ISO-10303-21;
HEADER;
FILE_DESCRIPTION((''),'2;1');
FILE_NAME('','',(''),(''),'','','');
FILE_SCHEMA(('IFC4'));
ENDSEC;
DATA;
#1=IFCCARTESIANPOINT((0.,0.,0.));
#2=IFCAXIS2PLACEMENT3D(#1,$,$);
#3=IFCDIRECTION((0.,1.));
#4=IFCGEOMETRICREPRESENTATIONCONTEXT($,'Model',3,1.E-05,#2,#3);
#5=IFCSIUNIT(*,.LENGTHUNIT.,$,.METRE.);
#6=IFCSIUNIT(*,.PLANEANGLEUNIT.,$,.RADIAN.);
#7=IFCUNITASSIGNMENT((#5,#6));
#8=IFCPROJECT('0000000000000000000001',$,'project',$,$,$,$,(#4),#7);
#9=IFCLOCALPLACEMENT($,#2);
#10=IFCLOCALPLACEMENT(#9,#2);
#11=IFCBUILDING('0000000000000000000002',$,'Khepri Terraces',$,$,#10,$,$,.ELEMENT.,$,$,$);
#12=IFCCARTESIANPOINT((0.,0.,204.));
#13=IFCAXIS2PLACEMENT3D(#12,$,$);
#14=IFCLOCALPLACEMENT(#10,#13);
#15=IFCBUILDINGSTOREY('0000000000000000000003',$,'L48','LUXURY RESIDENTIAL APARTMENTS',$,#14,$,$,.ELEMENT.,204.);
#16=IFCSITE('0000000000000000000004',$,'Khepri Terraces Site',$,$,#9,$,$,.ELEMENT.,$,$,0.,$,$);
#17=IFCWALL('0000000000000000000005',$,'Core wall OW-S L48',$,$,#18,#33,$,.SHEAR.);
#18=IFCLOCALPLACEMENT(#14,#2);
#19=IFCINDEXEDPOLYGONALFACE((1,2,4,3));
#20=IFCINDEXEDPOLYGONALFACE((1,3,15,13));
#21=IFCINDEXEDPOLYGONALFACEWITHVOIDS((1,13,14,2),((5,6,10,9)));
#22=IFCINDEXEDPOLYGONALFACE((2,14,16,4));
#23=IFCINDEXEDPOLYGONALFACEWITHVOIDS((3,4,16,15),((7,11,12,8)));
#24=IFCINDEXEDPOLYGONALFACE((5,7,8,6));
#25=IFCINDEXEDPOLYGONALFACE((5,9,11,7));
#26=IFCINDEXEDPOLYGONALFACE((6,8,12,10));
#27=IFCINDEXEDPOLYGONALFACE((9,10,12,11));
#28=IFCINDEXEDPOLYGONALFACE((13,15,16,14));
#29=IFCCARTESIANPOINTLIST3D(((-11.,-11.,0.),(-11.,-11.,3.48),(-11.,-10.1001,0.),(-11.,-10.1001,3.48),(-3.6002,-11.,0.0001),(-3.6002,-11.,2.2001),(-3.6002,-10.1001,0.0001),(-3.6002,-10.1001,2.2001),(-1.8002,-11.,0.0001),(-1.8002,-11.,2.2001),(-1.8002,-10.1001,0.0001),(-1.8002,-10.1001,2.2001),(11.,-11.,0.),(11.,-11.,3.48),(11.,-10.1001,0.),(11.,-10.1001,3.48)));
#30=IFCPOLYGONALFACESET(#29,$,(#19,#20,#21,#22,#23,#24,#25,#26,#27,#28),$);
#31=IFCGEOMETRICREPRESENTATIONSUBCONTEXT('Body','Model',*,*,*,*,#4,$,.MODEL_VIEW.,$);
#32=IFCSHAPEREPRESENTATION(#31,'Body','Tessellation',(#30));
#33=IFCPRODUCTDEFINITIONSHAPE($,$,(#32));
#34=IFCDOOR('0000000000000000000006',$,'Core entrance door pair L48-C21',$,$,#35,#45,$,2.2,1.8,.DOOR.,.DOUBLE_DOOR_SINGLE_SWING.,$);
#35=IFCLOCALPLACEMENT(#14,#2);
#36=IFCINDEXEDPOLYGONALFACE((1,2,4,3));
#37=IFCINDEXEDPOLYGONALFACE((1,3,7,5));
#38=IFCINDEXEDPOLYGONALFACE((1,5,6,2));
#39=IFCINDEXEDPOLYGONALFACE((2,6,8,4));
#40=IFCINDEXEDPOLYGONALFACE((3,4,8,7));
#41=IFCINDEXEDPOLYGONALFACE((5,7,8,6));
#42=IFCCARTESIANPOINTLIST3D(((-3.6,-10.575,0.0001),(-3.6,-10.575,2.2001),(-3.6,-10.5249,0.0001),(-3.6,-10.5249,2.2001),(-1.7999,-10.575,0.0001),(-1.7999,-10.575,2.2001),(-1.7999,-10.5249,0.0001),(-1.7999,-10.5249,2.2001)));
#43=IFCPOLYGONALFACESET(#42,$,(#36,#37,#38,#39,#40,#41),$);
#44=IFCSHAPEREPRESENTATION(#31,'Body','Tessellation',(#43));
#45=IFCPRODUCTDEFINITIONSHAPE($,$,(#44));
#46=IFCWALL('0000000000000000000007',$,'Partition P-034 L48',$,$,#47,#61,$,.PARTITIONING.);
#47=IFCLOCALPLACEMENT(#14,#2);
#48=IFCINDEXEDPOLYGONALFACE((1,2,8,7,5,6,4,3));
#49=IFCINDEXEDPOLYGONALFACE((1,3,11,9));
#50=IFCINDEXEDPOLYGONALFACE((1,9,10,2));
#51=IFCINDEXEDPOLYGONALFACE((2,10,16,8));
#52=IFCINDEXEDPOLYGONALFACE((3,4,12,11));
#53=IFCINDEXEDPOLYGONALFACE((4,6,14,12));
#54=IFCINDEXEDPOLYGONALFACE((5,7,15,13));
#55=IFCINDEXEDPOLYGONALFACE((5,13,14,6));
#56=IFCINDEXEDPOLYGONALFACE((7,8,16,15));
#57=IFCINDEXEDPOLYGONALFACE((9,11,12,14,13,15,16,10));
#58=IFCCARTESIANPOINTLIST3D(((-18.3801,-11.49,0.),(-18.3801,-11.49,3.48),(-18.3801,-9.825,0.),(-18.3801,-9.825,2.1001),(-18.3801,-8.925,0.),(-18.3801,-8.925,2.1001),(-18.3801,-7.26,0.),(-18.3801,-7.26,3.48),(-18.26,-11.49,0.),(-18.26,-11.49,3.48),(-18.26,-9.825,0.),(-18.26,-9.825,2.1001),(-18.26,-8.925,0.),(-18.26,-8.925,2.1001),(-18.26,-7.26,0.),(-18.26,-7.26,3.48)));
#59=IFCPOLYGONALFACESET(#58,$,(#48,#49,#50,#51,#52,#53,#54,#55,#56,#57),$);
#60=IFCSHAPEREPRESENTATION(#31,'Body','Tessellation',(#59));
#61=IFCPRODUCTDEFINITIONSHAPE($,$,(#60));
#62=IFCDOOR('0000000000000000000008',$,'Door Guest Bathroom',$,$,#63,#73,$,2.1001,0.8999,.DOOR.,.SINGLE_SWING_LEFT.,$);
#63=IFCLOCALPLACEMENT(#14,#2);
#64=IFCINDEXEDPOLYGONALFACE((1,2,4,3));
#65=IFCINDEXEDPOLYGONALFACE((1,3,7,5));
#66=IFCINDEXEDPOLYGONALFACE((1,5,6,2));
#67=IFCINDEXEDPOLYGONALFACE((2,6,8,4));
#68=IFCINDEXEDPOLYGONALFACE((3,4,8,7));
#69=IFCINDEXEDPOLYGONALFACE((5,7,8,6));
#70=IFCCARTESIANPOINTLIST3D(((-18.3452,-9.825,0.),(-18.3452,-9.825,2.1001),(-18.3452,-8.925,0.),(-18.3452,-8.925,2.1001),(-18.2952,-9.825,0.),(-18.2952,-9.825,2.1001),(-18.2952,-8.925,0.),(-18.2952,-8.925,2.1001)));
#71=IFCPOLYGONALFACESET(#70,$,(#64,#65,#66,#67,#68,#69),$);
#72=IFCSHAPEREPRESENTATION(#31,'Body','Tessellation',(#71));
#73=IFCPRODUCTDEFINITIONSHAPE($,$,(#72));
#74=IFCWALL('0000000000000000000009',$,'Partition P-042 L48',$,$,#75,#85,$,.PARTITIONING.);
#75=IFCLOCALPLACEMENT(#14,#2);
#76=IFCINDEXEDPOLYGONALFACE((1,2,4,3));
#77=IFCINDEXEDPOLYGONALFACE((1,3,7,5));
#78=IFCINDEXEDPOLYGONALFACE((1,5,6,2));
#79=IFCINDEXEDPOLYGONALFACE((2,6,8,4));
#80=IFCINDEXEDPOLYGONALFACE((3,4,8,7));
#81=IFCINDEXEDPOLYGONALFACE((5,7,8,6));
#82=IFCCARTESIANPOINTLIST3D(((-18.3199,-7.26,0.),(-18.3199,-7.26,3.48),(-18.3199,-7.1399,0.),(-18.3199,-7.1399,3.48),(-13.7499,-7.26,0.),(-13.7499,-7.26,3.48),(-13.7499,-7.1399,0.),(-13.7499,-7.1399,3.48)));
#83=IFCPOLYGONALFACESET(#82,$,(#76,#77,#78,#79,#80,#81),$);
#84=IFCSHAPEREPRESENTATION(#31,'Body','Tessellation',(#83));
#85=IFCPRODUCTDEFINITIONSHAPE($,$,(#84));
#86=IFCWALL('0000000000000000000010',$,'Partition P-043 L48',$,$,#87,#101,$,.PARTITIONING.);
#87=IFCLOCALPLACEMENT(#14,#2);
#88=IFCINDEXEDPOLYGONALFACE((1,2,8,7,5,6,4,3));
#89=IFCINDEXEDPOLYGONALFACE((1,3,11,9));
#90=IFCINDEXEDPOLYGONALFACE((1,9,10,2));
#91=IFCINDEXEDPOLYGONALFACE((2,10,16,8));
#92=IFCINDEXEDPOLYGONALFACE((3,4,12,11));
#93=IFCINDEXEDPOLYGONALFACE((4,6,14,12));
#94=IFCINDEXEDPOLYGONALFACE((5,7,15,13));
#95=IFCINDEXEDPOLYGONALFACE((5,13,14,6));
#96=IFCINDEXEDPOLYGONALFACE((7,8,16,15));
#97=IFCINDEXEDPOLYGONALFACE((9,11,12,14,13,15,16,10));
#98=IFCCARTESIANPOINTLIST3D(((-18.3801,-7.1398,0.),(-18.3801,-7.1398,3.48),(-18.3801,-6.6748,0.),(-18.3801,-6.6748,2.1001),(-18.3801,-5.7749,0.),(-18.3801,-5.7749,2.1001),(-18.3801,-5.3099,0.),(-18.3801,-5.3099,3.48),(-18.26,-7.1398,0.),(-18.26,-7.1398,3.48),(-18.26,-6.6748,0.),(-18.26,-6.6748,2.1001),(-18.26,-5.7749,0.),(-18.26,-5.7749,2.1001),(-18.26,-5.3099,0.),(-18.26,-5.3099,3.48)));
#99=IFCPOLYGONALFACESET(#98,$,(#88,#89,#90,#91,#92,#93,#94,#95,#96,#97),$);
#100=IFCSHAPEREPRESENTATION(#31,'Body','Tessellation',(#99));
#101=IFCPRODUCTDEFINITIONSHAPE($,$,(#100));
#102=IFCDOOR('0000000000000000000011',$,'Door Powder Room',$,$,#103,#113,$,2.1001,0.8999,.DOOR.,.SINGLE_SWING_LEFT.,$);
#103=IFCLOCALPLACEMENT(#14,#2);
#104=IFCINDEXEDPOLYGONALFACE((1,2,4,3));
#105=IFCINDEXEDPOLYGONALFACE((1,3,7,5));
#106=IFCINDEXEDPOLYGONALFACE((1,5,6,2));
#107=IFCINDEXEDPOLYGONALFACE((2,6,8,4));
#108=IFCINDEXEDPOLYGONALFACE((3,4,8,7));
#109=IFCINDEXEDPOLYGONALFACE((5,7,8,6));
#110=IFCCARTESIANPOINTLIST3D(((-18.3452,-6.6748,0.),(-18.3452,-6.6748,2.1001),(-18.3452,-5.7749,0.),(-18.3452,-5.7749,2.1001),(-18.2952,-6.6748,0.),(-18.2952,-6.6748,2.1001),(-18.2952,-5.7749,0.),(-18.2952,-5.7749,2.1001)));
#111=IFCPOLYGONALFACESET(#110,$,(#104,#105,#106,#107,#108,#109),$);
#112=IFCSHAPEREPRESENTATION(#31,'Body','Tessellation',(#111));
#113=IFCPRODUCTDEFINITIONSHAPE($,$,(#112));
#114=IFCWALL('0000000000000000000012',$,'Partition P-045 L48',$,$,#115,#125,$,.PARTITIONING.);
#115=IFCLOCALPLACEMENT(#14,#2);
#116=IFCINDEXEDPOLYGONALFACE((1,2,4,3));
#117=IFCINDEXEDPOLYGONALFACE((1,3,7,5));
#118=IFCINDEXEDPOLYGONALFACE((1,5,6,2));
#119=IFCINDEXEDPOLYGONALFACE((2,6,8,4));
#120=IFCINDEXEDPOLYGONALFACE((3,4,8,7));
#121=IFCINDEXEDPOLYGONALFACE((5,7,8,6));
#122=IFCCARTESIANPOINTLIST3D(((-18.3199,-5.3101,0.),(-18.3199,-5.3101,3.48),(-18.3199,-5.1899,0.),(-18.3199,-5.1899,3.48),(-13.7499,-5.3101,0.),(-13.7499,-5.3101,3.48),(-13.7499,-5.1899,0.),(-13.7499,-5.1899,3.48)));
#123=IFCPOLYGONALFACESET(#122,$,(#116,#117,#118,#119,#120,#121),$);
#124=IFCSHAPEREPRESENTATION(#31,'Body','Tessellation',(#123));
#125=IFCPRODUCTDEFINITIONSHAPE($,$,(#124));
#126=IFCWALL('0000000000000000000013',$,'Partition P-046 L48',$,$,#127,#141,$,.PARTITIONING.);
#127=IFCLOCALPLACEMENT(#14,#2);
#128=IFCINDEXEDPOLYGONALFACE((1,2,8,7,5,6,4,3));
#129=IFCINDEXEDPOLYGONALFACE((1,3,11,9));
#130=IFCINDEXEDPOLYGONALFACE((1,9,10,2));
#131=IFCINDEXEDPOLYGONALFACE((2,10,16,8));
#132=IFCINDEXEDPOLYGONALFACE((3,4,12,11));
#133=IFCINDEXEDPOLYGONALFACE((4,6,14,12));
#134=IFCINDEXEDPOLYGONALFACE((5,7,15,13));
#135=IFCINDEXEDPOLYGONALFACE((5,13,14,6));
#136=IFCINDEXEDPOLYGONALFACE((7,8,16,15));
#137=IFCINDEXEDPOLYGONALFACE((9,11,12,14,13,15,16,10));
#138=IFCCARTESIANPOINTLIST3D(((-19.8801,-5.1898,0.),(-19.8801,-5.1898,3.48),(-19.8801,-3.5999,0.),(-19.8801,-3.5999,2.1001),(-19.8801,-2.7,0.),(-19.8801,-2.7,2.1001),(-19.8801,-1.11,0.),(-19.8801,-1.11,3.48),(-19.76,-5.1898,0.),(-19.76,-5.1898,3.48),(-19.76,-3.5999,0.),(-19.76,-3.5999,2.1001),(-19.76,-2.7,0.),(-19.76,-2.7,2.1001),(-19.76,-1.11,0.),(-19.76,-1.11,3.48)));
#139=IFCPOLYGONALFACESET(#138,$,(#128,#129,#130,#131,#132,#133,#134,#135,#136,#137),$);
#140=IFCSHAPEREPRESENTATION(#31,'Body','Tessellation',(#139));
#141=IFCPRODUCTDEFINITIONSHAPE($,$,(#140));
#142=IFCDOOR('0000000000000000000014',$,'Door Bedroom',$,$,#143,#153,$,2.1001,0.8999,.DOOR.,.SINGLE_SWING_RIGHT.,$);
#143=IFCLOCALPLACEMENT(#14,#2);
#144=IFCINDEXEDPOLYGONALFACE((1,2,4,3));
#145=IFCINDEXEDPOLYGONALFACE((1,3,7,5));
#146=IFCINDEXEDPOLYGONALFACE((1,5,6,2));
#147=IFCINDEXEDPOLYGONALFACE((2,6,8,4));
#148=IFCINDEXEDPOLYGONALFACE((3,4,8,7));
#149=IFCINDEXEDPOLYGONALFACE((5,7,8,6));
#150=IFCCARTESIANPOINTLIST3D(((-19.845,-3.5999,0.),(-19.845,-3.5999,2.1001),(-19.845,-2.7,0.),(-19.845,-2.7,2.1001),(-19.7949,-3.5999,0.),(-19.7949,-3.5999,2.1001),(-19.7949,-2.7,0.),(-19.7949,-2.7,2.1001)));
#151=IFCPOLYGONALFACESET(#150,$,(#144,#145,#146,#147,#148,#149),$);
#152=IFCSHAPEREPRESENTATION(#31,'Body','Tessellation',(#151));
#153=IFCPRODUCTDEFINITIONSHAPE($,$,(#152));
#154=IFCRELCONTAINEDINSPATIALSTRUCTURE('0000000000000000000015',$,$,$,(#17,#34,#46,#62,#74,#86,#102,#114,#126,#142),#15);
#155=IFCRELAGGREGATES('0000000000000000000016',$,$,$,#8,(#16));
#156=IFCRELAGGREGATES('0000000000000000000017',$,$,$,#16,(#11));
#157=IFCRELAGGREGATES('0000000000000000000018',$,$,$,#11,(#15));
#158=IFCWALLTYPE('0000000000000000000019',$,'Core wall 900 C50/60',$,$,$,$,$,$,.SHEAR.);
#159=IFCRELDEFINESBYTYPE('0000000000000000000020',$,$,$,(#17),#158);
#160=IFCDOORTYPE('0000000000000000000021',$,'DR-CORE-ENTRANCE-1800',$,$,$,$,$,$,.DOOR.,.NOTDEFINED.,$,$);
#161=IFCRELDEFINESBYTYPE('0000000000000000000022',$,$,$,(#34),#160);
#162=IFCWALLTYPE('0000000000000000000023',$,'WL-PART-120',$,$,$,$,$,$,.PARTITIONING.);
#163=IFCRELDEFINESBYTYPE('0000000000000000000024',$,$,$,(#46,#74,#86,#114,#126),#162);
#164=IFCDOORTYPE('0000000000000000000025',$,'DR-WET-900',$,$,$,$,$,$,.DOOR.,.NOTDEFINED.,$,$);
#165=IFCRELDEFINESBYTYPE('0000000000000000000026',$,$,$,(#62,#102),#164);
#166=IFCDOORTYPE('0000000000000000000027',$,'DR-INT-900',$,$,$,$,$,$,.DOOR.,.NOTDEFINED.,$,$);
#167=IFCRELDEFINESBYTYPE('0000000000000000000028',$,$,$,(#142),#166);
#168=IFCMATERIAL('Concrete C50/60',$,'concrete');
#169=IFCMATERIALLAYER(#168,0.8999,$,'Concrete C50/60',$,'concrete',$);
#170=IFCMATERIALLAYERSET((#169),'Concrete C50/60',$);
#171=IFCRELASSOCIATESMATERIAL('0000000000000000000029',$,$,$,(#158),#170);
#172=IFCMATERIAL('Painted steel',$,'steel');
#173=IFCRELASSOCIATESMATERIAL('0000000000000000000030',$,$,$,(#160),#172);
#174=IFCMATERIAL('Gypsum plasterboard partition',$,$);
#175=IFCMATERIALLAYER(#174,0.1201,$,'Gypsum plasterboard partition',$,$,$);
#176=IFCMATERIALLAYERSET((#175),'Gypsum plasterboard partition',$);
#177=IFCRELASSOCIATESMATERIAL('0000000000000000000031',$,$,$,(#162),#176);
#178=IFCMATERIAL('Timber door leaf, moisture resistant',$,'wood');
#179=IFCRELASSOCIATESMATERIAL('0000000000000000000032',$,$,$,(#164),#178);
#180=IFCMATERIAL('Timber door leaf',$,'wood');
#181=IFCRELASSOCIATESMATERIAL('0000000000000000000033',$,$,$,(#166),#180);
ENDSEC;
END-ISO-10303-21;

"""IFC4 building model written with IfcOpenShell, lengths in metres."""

from ifc_helpers import new_model, si_unit, direction, frame, frame_2d, origin, place, context, subcontext, project, spatial, rectangle, extrude, material, layer, layer_set, type_object, element, fill, save


model = new_model("IFC4")

# Units and contexts
model_context = context("Model", 3, precision=1e-05, world=origin(), true_north=direction((0.0, 1.0)))
body_context = subcontext(model_context, "Body", "Model", "MODEL_VIEW")
ifc_project = project(units=[si_unit("LENGTHUNIT", "METRE"), si_unit("PLANEANGLEUNIT", "RADIAN")], contexts=[model_context])

# Site, building, storey
site_placement = place(None, origin())
site = spatial("IfcSite", under=ifc_project, at=site_placement, Name="Khepri Terraces Site", CompositionType="ELEMENT", RefElevation=0.0)
building_placement = place(site_placement, origin())
building = spatial("IfcBuilding", under=site, at=building_placement, Name="Khepri Terraces", CompositionType="ELEMENT")
storey_placement = place(building_placement, frame((0.0, 0.0, 204.0)))
storey = spatial("IfcBuildingStorey", under=building, at=storey_placement, Name="L48", Description="LUXURY RESIDENTIAL APARTMENTS", CompositionType="ELEMENT", Elevation=204.0)

# Walls, openings, doors
ifc_material_1 = material(Name="Concrete C50/60", Category="concrete")
ifc_layer_1 = layer(ifc_material_1, 0.8999, Name="Concrete C50/60", Category="concrete")
ifc_layer_set_1 = layer_set([ifc_layer_1], Name="Concrete C50/60")
wall_type_1 = type_object("IfcWallType", Name="Core wall 900 C50/60", PredefinedType="SHEAR", material=ifc_layer_set_1)
wall_1_placement = place(storey_placement, frame((-11.0, -10.55, 0.0), z_axis=(0.0, 0.0, 1.0), x_axis=(1.0, 0.0, 0.0)))
wall_1 = element("IfcWall", 1, at=wall_1_placement, inside=storey, type_object=wall_type_1, Name="Core wall OW-S L48", PredefinedType="SHEAR", context=body_context, shape_type="SweptSolid", body=[
    extrude(rectangle(XDim=22.0, YDim=0.8999, at=frame_2d((11.0, 0.0))), origin(), (0.0, 0.0, 1.0), 3.48),
])
opening_1_placement = place(wall_1_placement, frame((7.3999, 0.0, 0.0)))
opening_1 = element("IfcOpeningElement", 2, at=opening_1_placement, cuts=wall_1, PredefinedType="OPENING", context=body_context, shape_type="SweptSolid", body=[
    extrude(rectangle(XDim=1.8, YDim=2.2, at=frame_2d((0.8999, 1.1001))), frame((0.0, 0.46, 0.0), z_axis=(0.0, -1.0, 0.0), x_axis=(1.0, 0.0, 0.0)), (0.0, 0.0, 1.0), 0.9199),
])
ifc_material_2 = material(Name="Painted steel", Category="steel")
door_type_1 = type_object("IfcDoorType", Name="DR-CORE-ENTRANCE-1800", OperationType="NOTDEFINED", PredefinedType="DOOR", material=ifc_material_2)
door_1_placement = place(opening_1_placement, frame((1.8, 0.0, 0.0), z_axis=(0.0, 0.0, 1.0), x_axis=(-1.0, 0.0, 0.0)))
door_1 = element("IfcDoor", 3, at=door_1_placement, inside=storey, type_object=door_type_1, Name="Core entrance door pair L48-C21", OperationType="DOUBLE_DOOR_SINGLE_SWING", OverallHeight=2.2, OverallWidth=1.8, PredefinedType="DOOR", context=body_context, shape_type="SweptSolid", body=[
    extrude(rectangle(XDim=1.8, YDim=2.2, at=frame_2d((0.8999, 1.1001))), frame((0.0, 0.0249, 0.0), z_axis=(0.0, -1.0, 0.0), x_axis=(1.0, 0.0, 0.0)), (0.0, 0.0, 1.0), 0.05),
])
fill(opening_1, door_1)
ifc_material_3 = material(Name="Gypsum plasterboard partition")
ifc_layer_2 = layer(ifc_material_3, 0.1201, Name="Gypsum plasterboard partition")
ifc_layer_set_2 = layer_set([ifc_layer_2], Name="Gypsum plasterboard partition")
wall_type_2 = type_object("IfcWallType", Name="WL-PART-120", PredefinedType="PARTITIONING", material=ifc_layer_set_2)
wall_2_placement = place(storey_placement, frame((-18.3201, -11.49, 0.0), z_axis=(0.0, 0.0, 1.0), x_axis=(0.0, 1.0, 0.0)))
wall_2 = element("IfcWall", 4, at=wall_2_placement, inside=storey, type_object=wall_type_2, Name="Partition P-034 L48", PredefinedType="PARTITIONING", context=body_context, shape_type="SweptSolid", body=[
    extrude(rectangle(XDim=4.23, YDim=0.1201, at=frame_2d((2.115, 0.0))), origin(), (0.0, 0.0, 1.0), 3.48),
])
opening_2_placement = place(wall_2_placement, frame((1.665, 0.0, 0.0)))
opening_2 = element("IfcOpeningElement", 5, at=opening_2_placement, cuts=wall_2, PredefinedType="OPENING", context=body_context, shape_type="SweptSolid", body=[
    extrude(rectangle(XDim=0.8999, YDim=2.1001, at=frame_2d((0.45, 1.05))), frame((0.0, 0.0701, 0.0), z_axis=(0.0, -1.0, 0.0), x_axis=(1.0, 0.0, 0.0)), (0.0, 0.0, 1.0), 0.1401),
])
ifc_material_4 = material(Name="Timber door leaf, moisture resistant", Category="wood")
door_type_2 = type_object("IfcDoorType", Name="DR-WET-900", OperationType="NOTDEFINED", PredefinedType="DOOR", material=ifc_material_4)
door_2_placement = place(opening_2_placement, frame((0.8999, 0.0, 0.0), z_axis=(0.0, 0.0, 1.0), x_axis=(-1.0, 0.0, 0.0)))
door_2 = element("IfcDoor", 6, at=door_2_placement, inside=storey, type_object=door_type_2, Name="Door Guest Bathroom", OperationType="SINGLE_SWING_LEFT", OverallHeight=2.1001, OverallWidth=0.8999, PredefinedType="DOOR", context=body_context, shape_type="SweptSolid", body=[
    extrude(rectangle(XDim=0.8999, YDim=2.1001, at=frame_2d((0.45, 1.05))), frame((0.0, 0.0249, 0.0), z_axis=(0.0, -1.0, 0.0), x_axis=(1.0, 0.0, 0.0)), (0.0, 0.0, 1.0), 0.05),
])
fill(opening_2, door_2)

# Wall
wall_3_placement = place(storey_placement, frame((-18.3201, -7.2, 0.0), z_axis=(0.0, 0.0, 1.0), x_axis=(1.0, 0.0, 0.0)))
element("IfcWall", 7, at=wall_3_placement, inside=storey, type_object=wall_type_2, Name="Partition P-042 L48", PredefinedType="PARTITIONING", context=body_context, shape_type="SweptSolid", body=[
    extrude(rectangle(XDim=4.5701, YDim=0.1201, at=frame_2d((2.2852, 0.0))), origin(), (0.0, 0.0, 1.0), 3.48),
])

# Wall, opening, door
wall_4_placement = place(storey_placement, frame((-18.3201, -7.1399, 0.0), z_axis=(0.0, 0.0, 1.0), x_axis=(0.0, 1.0, 0.0)))
wall_4 = element("IfcWall", 8, at=wall_4_placement, inside=storey, type_object=wall_type_2, Name="Partition P-043 L48", PredefinedType="PARTITIONING", context=body_context, shape_type="SweptSolid", body=[
    extrude(rectangle(XDim=1.8298, YDim=0.1201, at=frame_2d((0.915, 0.0))), origin(), (0.0, 0.0, 1.0), 3.48),
])
opening_3_placement = place(wall_4_placement, frame((0.4651, 0.0, 0.0)))
opening_3 = element("IfcOpeningElement", 9, at=opening_3_placement, cuts=wall_4, PredefinedType="OPENING", context=body_context, shape_type="SweptSolid", body=[
    extrude(rectangle(XDim=0.8999, YDim=2.1001, at=frame_2d((0.45, 1.05))), frame((0.0, 0.0701, 0.0), z_axis=(0.0, -1.0, 0.0), x_axis=(1.0, 0.0, 0.0)), (0.0, 0.0, 1.0), 0.1401),
])
door_3_placement = place(opening_3_placement, frame((0.8999, 0.0, 0.0), z_axis=(0.0, 0.0, 1.0), x_axis=(-1.0, 0.0, 0.0)))
door_3 = element("IfcDoor", 10, at=door_3_placement, inside=storey, type_object=door_type_2, Name="Door Powder Room", OperationType="SINGLE_SWING_LEFT", OverallHeight=2.1001, OverallWidth=0.8999, PredefinedType="DOOR", context=body_context, shape_type="SweptSolid", body=[
    extrude(rectangle(XDim=0.8999, YDim=2.1001, at=frame_2d((0.45, 1.05))), frame((0.0, 0.0249, 0.0), z_axis=(0.0, -1.0, 0.0), x_axis=(1.0, 0.0, 0.0)), (0.0, 0.0, 1.0), 0.05),
])
fill(opening_3, door_3)

# Wall
wall_5_placement = place(storey_placement, frame((-18.3201, -5.25, 0.0), z_axis=(0.0, 0.0, 1.0), x_axis=(1.0, 0.0, 0.0)))
element("IfcWall", 11, at=wall_5_placement, inside=storey, type_object=wall_type_2, Name="Partition P-045 L48", PredefinedType="PARTITIONING", context=body_context, shape_type="SweptSolid", body=[
    extrude(rectangle(XDim=4.5701, YDim=0.1201, at=frame_2d((2.2852, 0.0))), origin(), (0.0, 0.0, 1.0), 3.48),
])

# Wall, opening, door
wall_6_placement = place(storey_placement, frame((-19.8201, -5.1899, 0.0), z_axis=(0.0, 0.0, 1.0), x_axis=(0.0, 1.0, 0.0)))
wall_6 = element("IfcWall", 12, at=wall_6_placement, inside=storey, type_object=wall_type_2, Name="Partition P-046 L48", PredefinedType="PARTITIONING", context=body_context, shape_type="SweptSolid", body=[
    extrude(rectangle(XDim=4.0798, YDim=0.1201, at=frame_2d((2.04, 0.0))), origin(), (0.0, 0.0, 1.0), 3.48),
])
opening_4_placement = place(wall_6_placement, frame((1.5901, 0.0, 0.0)))
opening_4 = element("IfcOpeningElement", 13, at=opening_4_placement, cuts=wall_6, PredefinedType="OPENING", context=body_context, shape_type="SweptSolid", body=[
    extrude(rectangle(XDim=0.8999, YDim=2.1001, at=frame_2d((0.45, 1.05))), frame((0.0, 0.0701, 0.0), z_axis=(0.0, -1.0, 0.0), x_axis=(1.0, 0.0, 0.0)), (0.0, 0.0, 1.0), 0.1401),
])
ifc_material_5 = material(Name="Timber door leaf", Category="wood")
door_type_3 = type_object("IfcDoorType", Name="DR-INT-900", OperationType="NOTDEFINED", PredefinedType="DOOR", material=ifc_material_5)
door_4_placement = place(opening_4_placement, origin())
door_4 = element("IfcDoor", 14, at=door_4_placement, inside=storey, type_object=door_type_3, Name="Door Bedroom", OperationType="SINGLE_SWING_RIGHT", OverallHeight=2.1001, OverallWidth=0.8999, PredefinedType="DOOR", context=body_context, shape_type="SweptSolid", body=[
    extrude(rectangle(XDim=0.8999, YDim=2.1001, at=frame_2d((0.45, 1.05))), frame((0.0, 0.0249, 0.0), z_axis=(0.0, -1.0, 0.0), x_axis=(1.0, 0.0, 0.0)), (0.0, 0.0, 1.0), 0.05),
])
fill(opening_4, door_4)

save(model, "model.ifc")
